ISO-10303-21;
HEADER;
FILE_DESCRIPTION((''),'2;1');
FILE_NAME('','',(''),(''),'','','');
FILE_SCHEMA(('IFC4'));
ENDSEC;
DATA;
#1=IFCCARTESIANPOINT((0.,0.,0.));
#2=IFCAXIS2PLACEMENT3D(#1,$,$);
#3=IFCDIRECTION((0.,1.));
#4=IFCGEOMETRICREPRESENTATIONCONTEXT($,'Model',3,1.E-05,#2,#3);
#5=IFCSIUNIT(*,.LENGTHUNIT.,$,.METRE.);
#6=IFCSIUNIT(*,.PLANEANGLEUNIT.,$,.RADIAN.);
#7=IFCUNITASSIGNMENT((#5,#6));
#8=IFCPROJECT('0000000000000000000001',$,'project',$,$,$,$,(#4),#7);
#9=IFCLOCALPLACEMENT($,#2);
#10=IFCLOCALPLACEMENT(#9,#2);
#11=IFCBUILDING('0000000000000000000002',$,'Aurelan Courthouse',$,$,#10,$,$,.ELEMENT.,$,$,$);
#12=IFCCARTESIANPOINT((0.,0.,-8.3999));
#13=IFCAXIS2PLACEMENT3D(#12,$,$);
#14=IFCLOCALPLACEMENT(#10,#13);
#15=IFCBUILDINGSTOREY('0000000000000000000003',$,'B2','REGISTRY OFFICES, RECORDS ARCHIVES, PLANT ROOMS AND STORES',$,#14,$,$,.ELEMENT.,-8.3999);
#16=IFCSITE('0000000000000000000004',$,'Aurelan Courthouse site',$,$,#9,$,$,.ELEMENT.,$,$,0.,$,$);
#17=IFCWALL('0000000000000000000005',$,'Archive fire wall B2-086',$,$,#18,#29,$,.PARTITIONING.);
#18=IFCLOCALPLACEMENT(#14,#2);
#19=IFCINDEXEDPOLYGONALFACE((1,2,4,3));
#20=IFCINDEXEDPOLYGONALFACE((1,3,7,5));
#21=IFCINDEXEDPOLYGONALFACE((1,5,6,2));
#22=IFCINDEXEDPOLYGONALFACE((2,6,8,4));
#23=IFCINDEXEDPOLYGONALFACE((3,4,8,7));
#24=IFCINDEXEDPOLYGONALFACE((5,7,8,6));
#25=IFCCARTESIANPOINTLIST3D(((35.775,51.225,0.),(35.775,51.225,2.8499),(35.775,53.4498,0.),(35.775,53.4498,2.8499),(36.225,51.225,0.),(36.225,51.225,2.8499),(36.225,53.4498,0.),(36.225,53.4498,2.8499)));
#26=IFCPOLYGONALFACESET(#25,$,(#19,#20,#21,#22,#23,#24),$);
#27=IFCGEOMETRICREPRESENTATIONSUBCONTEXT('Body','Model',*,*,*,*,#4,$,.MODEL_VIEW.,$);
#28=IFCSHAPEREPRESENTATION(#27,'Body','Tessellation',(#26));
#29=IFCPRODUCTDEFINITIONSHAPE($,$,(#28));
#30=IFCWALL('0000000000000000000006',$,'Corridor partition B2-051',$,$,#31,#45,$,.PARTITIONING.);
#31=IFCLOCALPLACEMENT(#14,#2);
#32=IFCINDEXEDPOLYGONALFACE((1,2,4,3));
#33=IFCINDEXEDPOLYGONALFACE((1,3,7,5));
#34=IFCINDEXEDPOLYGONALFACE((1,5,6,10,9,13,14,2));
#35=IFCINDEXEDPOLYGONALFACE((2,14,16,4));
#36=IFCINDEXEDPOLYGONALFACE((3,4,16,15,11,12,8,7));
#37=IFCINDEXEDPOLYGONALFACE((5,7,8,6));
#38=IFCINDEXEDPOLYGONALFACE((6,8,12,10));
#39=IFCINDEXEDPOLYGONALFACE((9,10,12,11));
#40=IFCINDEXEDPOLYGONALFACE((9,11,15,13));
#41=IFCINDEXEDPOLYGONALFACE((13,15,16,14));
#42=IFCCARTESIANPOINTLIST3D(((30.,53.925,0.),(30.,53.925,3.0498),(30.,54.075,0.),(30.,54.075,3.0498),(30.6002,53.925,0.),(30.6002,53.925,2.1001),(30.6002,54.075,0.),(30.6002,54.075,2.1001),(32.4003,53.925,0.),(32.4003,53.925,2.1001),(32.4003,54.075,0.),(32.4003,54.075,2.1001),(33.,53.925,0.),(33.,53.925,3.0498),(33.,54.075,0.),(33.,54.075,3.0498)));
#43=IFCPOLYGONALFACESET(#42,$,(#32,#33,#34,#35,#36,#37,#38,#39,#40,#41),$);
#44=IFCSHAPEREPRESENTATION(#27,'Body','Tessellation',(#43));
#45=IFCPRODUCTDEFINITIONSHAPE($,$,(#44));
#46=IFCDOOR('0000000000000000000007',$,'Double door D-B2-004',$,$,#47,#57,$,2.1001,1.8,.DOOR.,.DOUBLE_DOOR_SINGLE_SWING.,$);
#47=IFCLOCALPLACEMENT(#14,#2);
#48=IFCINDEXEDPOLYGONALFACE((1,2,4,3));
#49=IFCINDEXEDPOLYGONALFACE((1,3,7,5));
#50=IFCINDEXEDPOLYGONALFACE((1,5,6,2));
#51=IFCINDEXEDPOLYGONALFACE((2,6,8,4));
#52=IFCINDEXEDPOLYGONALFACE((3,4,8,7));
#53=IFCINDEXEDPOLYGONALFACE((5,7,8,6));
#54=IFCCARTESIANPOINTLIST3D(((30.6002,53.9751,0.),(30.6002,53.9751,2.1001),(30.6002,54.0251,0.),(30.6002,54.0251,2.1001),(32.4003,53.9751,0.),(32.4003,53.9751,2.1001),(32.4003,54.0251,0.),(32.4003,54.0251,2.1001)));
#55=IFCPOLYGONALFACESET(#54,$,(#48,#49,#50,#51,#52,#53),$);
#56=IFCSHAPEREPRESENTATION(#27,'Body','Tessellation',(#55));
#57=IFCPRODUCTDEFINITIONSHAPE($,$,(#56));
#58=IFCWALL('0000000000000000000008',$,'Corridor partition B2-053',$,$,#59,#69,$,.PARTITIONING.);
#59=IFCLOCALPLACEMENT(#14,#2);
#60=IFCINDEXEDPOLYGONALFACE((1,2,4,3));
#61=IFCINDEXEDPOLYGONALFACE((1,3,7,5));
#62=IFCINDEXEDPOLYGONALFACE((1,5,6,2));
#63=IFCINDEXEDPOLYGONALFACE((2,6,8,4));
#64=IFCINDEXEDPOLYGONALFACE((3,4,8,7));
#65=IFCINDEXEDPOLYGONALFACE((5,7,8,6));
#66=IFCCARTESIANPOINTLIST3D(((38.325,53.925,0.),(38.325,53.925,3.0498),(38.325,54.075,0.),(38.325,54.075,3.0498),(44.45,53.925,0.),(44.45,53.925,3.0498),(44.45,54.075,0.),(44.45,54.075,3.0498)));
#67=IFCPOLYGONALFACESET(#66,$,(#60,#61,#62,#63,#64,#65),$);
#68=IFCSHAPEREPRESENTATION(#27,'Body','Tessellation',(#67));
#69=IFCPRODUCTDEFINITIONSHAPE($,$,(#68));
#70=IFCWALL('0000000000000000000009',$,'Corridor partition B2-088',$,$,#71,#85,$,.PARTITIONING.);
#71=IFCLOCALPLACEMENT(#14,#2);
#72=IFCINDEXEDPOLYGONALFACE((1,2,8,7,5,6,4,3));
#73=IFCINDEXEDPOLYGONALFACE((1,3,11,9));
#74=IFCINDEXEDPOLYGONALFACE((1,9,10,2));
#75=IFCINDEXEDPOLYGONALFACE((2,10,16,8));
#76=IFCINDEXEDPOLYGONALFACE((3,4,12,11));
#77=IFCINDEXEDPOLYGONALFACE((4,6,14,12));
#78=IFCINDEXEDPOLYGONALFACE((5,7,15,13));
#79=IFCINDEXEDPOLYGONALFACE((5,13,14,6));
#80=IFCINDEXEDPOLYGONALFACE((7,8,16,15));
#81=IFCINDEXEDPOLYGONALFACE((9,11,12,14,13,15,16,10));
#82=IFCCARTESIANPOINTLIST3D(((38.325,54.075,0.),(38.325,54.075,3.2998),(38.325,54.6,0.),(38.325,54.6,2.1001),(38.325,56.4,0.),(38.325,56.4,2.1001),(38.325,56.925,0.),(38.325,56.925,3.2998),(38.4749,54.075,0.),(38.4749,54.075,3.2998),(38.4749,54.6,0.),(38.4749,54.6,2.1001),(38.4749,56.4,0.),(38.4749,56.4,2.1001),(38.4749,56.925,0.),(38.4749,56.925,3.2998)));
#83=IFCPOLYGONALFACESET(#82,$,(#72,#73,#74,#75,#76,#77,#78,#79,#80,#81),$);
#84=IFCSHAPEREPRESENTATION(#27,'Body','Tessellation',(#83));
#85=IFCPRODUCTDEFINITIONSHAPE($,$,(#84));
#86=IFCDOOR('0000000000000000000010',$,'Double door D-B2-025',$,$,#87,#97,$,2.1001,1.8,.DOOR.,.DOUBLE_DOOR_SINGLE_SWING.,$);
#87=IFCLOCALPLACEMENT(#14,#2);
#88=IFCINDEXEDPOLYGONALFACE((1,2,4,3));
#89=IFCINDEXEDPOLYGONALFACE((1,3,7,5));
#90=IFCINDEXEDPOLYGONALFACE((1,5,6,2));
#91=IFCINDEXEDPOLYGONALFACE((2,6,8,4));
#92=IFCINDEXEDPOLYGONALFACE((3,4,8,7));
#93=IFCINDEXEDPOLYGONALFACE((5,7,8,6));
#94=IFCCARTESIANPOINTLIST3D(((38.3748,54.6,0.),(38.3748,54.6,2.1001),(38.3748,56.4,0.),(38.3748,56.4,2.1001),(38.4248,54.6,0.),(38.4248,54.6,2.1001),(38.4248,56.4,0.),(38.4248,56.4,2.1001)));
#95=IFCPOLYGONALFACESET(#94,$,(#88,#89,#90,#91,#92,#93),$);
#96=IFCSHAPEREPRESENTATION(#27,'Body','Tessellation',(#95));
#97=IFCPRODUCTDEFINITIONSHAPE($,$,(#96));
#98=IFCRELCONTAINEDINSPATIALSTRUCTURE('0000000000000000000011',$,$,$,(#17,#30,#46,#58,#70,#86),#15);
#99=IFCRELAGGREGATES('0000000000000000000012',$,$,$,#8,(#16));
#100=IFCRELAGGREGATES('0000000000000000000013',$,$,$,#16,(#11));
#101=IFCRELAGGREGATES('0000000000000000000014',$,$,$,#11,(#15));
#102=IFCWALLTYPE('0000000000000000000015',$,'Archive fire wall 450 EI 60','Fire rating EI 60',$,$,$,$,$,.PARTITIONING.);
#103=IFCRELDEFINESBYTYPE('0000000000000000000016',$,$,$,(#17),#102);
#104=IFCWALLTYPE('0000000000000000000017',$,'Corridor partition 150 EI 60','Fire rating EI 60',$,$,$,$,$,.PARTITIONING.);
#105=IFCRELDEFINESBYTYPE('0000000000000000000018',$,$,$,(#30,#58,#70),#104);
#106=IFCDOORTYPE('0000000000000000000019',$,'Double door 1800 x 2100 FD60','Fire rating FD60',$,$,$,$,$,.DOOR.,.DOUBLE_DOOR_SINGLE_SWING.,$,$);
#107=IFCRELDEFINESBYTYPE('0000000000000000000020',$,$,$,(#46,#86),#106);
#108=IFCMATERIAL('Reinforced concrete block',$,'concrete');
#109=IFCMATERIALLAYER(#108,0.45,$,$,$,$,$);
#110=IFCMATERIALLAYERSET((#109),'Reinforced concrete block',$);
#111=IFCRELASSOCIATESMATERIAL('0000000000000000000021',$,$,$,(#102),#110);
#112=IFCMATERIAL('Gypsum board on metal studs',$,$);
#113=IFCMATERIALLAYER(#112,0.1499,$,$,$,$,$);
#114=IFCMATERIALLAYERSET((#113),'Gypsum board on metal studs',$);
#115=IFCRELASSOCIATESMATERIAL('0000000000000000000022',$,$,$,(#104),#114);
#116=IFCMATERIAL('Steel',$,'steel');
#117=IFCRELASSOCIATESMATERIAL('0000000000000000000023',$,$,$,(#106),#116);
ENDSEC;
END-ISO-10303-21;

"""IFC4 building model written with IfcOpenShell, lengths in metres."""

from ifc_helpers import new_model, si_unit, direction, frame, frame_2d, origin, place, context, subcontext, project, spatial, rectangle, extrude, material, layer, layer_set, type_object, element, fill, save


model = new_model("IFC4")

# Units and contexts
model_context = context("Model", 3, precision=1e-05, world=origin(), true_north=direction((0.0, 1.0)))
body_context = subcontext(model_context, "Body", "Model", "MODEL_VIEW")
ifc_project = project(units=[si_unit("LENGTHUNIT", "METRE"), si_unit("PLANEANGLEUNIT", "RADIAN")], contexts=[model_context])

# Site, building, storey
site_placement = place(None, origin())
site = spatial("IfcSite", under=ifc_project, at=site_placement, Name="Aurelan Courthouse site", CompositionType="ELEMENT", RefElevation=0.0)
building_placement = place(site_placement, origin())
building = spatial("IfcBuilding", under=site, at=building_placement, Name="Aurelan Courthouse", CompositionType="ELEMENT")
storey_placement = place(building_placement, frame((0.0, 0.0, -8.3999)))
storey = spatial("IfcBuildingStorey", under=building, at=storey_placement, Name="B2", Description="REGISTRY OFFICES, RECORDS ARCHIVES, PLANT ROOMS AND STORES", CompositionType="ELEMENT", Elevation=-8.3999)

# Shared definitions
ifc_material_1 = material(Name="Reinforced concrete block", Category="concrete")
ifc_layer_1 = layer(ifc_material_1, 0.45)
ifc_layer_set_1 = layer_set([ifc_layer_1], Name="Reinforced concrete block")
wall_type_1 = type_object("IfcWallType", Name="Archive fire wall 450 EI 60", Description="Fire rating EI 60", PredefinedType="PARTITIONING", material=ifc_layer_set_1)
ifc_material_2 = material(Name="Steel", Category="steel")

# Wall
wall_1_placement = place(storey_placement, frame((36.0, 51.2251, 0.0), z_axis=(0.0, 0.0, 1.0), x_axis=(0.0, 1.0, 0.0)))
element("IfcWall", 1, at=wall_1_placement, inside=storey, type_object=wall_type_1, Name="Archive fire wall B2-086", PredefinedType="PARTITIONING", context=body_context, shape_type="SweptSolid", body=[
    extrude(rectangle(XDim=2.2249, YDim=0.45, at=frame_2d((1.1123, 0.0))), origin(), (0.0, 0.0, 1.0), 2.8499),
])

# Wall, opening, door
ifc_material_3 = material(Name="Gypsum board on metal studs")
ifc_layer_2 = layer(ifc_material_3, 0.1499)
ifc_layer_set_2 = layer_set([ifc_layer_2], Name="Gypsum board on metal studs")
wall_type_2 = type_object("IfcWallType", Name="Corridor partition 150 EI 60", Description="Fire rating EI 60", PredefinedType="PARTITIONING", material=ifc_layer_set_2)
wall_2_placement = place(storey_placement, frame((30.0, 54.0, 0.0), z_axis=(0.0, 0.0, 1.0), x_axis=(1.0, 0.0, 0.0)))
wall_2 = element("IfcWall", 2, at=wall_2_placement, inside=storey, type_object=wall_type_2, Name="Corridor partition B2-051", PredefinedType="PARTITIONING", context=body_context, shape_type="SweptSolid", body=[
    extrude(rectangle(XDim=3.0, YDim=0.1499, at=frame_2d((1.5, 0.0))), origin(), (0.0, 0.0, 1.0), 3.0498),
])
opening_1_placement = place(wall_2_placement, frame((2.4001, 0.0, 0.0), z_axis=(0.0, 0.0, 1.0), x_axis=(-1.0, 0.0, 0.0)))
opening_1 = element("IfcOpeningElement", 3, at=opening_1_placement, cuts=wall_2, PredefinedType="OPENING", context=body_context, shape_type="SweptSolid", body=[
    extrude(rectangle(XDim=1.8, YDim=2.1001, at=frame_2d((0.8999, 1.05))), frame((0.0, 0.085, 0.0), z_axis=(0.0, -1.0, 0.0), x_axis=(1.0, 0.0, 0.0)), (0.0, 0.0, 1.0), 0.1699),
])
door_type_1 = type_object("IfcDoorType", Name="Double door 1800 x 2100 FD60", Description="Fire rating FD60", OperationType="DOUBLE_DOOR_SINGLE_SWING", PredefinedType="DOOR", material=ifc_material_2)
door_1_placement = place(opening_1_placement, origin())
door_1 = element("IfcDoor", 4, at=door_1_placement, inside=storey, type_object=door_type_1, Name="Double door D-B2-004", OperationType="DOUBLE_DOOR_SINGLE_SWING", OverallHeight=2.1001, OverallWidth=1.8, PredefinedType="DOOR", context=body_context, shape_type="SweptSolid", body=[
    extrude(rectangle(XDim=1.8, YDim=2.1001, at=frame_2d((0.8999, 1.05))), frame((0.0, 0.0249, 0.0), z_axis=(0.0, -1.0, 0.0), x_axis=(1.0, 0.0, 0.0)), (0.0, 0.0, 1.0), 0.05),
])
fill(opening_1, door_1)

# Wall
wall_3_placement = place(storey_placement, frame((38.325, 54.0, 0.0), z_axis=(0.0, 0.0, 1.0), x_axis=(1.0, 0.0, 0.0)))
element("IfcWall", 5, at=wall_3_placement, inside=storey, type_object=wall_type_2, Name="Corridor partition B2-053", PredefinedType="PARTITIONING", context=body_context, shape_type="SweptSolid", body=[
    extrude(rectangle(XDim=6.125, YDim=0.1499, at=frame_2d((3.0625, 0.0))), origin(), (0.0, 0.0, 1.0), 3.0498),
])

# Wall, opening, door
wall_4_placement = place(storey_placement, frame((38.3999, 54.075, 0.0), z_axis=(0.0, 0.0, 1.0), x_axis=(0.0, 1.0, 0.0)))
wall_4 = element("IfcWall", 6, at=wall_4_placement, inside=storey, type_object=wall_type_2, Name="Corridor partition B2-088", PredefinedType="PARTITIONING", context=body_context, shape_type="SweptSolid", body=[
    extrude(rectangle(XDim=2.8501, YDim=0.1499, at=frame_2d((1.425, 0.0))), origin(), (0.0, 0.0, 1.0), 3.2998),
])
opening_2_placement = place(wall_4_placement, frame((2.325, 0.0, 0.0), z_axis=(0.0, 0.0, 1.0), x_axis=(-1.0, 0.0, 0.0)))
opening_2 = element("IfcOpeningElement", 7, at=opening_2_placement, cuts=wall_4, PredefinedType="OPENING", context=body_context, shape_type="SweptSolid", body=[
    extrude(rectangle(XDim=1.8, YDim=2.1001, at=frame_2d((0.8999, 1.05))), frame((0.0, 0.085, 0.0), z_axis=(0.0, -1.0, 0.0), x_axis=(1.0, 0.0, 0.0)), (0.0, 0.0, 1.0), 0.1699),
])
door_2_placement = place(opening_2_placement, origin())
door_2 = element("IfcDoor", 8, at=door_2_placement, inside=storey, type_object=door_type_1, Name="Double door D-B2-025", OperationType="DOUBLE_DOOR_SINGLE_SWING", OverallHeight=2.1001, OverallWidth=1.8, PredefinedType="DOOR", context=body_context, shape_type="SweptSolid", body=[
    extrude(rectangle(XDim=1.8, YDim=2.1001, at=frame_2d((0.8999, 1.05))), frame((0.0, 0.0249, 0.0), z_axis=(0.0, -1.0, 0.0), x_axis=(1.0, 0.0, 0.0)), (0.0, 0.0, 1.0), 0.05),
])
fill(opening_2, door_2)

save(model, "model.ifc")
